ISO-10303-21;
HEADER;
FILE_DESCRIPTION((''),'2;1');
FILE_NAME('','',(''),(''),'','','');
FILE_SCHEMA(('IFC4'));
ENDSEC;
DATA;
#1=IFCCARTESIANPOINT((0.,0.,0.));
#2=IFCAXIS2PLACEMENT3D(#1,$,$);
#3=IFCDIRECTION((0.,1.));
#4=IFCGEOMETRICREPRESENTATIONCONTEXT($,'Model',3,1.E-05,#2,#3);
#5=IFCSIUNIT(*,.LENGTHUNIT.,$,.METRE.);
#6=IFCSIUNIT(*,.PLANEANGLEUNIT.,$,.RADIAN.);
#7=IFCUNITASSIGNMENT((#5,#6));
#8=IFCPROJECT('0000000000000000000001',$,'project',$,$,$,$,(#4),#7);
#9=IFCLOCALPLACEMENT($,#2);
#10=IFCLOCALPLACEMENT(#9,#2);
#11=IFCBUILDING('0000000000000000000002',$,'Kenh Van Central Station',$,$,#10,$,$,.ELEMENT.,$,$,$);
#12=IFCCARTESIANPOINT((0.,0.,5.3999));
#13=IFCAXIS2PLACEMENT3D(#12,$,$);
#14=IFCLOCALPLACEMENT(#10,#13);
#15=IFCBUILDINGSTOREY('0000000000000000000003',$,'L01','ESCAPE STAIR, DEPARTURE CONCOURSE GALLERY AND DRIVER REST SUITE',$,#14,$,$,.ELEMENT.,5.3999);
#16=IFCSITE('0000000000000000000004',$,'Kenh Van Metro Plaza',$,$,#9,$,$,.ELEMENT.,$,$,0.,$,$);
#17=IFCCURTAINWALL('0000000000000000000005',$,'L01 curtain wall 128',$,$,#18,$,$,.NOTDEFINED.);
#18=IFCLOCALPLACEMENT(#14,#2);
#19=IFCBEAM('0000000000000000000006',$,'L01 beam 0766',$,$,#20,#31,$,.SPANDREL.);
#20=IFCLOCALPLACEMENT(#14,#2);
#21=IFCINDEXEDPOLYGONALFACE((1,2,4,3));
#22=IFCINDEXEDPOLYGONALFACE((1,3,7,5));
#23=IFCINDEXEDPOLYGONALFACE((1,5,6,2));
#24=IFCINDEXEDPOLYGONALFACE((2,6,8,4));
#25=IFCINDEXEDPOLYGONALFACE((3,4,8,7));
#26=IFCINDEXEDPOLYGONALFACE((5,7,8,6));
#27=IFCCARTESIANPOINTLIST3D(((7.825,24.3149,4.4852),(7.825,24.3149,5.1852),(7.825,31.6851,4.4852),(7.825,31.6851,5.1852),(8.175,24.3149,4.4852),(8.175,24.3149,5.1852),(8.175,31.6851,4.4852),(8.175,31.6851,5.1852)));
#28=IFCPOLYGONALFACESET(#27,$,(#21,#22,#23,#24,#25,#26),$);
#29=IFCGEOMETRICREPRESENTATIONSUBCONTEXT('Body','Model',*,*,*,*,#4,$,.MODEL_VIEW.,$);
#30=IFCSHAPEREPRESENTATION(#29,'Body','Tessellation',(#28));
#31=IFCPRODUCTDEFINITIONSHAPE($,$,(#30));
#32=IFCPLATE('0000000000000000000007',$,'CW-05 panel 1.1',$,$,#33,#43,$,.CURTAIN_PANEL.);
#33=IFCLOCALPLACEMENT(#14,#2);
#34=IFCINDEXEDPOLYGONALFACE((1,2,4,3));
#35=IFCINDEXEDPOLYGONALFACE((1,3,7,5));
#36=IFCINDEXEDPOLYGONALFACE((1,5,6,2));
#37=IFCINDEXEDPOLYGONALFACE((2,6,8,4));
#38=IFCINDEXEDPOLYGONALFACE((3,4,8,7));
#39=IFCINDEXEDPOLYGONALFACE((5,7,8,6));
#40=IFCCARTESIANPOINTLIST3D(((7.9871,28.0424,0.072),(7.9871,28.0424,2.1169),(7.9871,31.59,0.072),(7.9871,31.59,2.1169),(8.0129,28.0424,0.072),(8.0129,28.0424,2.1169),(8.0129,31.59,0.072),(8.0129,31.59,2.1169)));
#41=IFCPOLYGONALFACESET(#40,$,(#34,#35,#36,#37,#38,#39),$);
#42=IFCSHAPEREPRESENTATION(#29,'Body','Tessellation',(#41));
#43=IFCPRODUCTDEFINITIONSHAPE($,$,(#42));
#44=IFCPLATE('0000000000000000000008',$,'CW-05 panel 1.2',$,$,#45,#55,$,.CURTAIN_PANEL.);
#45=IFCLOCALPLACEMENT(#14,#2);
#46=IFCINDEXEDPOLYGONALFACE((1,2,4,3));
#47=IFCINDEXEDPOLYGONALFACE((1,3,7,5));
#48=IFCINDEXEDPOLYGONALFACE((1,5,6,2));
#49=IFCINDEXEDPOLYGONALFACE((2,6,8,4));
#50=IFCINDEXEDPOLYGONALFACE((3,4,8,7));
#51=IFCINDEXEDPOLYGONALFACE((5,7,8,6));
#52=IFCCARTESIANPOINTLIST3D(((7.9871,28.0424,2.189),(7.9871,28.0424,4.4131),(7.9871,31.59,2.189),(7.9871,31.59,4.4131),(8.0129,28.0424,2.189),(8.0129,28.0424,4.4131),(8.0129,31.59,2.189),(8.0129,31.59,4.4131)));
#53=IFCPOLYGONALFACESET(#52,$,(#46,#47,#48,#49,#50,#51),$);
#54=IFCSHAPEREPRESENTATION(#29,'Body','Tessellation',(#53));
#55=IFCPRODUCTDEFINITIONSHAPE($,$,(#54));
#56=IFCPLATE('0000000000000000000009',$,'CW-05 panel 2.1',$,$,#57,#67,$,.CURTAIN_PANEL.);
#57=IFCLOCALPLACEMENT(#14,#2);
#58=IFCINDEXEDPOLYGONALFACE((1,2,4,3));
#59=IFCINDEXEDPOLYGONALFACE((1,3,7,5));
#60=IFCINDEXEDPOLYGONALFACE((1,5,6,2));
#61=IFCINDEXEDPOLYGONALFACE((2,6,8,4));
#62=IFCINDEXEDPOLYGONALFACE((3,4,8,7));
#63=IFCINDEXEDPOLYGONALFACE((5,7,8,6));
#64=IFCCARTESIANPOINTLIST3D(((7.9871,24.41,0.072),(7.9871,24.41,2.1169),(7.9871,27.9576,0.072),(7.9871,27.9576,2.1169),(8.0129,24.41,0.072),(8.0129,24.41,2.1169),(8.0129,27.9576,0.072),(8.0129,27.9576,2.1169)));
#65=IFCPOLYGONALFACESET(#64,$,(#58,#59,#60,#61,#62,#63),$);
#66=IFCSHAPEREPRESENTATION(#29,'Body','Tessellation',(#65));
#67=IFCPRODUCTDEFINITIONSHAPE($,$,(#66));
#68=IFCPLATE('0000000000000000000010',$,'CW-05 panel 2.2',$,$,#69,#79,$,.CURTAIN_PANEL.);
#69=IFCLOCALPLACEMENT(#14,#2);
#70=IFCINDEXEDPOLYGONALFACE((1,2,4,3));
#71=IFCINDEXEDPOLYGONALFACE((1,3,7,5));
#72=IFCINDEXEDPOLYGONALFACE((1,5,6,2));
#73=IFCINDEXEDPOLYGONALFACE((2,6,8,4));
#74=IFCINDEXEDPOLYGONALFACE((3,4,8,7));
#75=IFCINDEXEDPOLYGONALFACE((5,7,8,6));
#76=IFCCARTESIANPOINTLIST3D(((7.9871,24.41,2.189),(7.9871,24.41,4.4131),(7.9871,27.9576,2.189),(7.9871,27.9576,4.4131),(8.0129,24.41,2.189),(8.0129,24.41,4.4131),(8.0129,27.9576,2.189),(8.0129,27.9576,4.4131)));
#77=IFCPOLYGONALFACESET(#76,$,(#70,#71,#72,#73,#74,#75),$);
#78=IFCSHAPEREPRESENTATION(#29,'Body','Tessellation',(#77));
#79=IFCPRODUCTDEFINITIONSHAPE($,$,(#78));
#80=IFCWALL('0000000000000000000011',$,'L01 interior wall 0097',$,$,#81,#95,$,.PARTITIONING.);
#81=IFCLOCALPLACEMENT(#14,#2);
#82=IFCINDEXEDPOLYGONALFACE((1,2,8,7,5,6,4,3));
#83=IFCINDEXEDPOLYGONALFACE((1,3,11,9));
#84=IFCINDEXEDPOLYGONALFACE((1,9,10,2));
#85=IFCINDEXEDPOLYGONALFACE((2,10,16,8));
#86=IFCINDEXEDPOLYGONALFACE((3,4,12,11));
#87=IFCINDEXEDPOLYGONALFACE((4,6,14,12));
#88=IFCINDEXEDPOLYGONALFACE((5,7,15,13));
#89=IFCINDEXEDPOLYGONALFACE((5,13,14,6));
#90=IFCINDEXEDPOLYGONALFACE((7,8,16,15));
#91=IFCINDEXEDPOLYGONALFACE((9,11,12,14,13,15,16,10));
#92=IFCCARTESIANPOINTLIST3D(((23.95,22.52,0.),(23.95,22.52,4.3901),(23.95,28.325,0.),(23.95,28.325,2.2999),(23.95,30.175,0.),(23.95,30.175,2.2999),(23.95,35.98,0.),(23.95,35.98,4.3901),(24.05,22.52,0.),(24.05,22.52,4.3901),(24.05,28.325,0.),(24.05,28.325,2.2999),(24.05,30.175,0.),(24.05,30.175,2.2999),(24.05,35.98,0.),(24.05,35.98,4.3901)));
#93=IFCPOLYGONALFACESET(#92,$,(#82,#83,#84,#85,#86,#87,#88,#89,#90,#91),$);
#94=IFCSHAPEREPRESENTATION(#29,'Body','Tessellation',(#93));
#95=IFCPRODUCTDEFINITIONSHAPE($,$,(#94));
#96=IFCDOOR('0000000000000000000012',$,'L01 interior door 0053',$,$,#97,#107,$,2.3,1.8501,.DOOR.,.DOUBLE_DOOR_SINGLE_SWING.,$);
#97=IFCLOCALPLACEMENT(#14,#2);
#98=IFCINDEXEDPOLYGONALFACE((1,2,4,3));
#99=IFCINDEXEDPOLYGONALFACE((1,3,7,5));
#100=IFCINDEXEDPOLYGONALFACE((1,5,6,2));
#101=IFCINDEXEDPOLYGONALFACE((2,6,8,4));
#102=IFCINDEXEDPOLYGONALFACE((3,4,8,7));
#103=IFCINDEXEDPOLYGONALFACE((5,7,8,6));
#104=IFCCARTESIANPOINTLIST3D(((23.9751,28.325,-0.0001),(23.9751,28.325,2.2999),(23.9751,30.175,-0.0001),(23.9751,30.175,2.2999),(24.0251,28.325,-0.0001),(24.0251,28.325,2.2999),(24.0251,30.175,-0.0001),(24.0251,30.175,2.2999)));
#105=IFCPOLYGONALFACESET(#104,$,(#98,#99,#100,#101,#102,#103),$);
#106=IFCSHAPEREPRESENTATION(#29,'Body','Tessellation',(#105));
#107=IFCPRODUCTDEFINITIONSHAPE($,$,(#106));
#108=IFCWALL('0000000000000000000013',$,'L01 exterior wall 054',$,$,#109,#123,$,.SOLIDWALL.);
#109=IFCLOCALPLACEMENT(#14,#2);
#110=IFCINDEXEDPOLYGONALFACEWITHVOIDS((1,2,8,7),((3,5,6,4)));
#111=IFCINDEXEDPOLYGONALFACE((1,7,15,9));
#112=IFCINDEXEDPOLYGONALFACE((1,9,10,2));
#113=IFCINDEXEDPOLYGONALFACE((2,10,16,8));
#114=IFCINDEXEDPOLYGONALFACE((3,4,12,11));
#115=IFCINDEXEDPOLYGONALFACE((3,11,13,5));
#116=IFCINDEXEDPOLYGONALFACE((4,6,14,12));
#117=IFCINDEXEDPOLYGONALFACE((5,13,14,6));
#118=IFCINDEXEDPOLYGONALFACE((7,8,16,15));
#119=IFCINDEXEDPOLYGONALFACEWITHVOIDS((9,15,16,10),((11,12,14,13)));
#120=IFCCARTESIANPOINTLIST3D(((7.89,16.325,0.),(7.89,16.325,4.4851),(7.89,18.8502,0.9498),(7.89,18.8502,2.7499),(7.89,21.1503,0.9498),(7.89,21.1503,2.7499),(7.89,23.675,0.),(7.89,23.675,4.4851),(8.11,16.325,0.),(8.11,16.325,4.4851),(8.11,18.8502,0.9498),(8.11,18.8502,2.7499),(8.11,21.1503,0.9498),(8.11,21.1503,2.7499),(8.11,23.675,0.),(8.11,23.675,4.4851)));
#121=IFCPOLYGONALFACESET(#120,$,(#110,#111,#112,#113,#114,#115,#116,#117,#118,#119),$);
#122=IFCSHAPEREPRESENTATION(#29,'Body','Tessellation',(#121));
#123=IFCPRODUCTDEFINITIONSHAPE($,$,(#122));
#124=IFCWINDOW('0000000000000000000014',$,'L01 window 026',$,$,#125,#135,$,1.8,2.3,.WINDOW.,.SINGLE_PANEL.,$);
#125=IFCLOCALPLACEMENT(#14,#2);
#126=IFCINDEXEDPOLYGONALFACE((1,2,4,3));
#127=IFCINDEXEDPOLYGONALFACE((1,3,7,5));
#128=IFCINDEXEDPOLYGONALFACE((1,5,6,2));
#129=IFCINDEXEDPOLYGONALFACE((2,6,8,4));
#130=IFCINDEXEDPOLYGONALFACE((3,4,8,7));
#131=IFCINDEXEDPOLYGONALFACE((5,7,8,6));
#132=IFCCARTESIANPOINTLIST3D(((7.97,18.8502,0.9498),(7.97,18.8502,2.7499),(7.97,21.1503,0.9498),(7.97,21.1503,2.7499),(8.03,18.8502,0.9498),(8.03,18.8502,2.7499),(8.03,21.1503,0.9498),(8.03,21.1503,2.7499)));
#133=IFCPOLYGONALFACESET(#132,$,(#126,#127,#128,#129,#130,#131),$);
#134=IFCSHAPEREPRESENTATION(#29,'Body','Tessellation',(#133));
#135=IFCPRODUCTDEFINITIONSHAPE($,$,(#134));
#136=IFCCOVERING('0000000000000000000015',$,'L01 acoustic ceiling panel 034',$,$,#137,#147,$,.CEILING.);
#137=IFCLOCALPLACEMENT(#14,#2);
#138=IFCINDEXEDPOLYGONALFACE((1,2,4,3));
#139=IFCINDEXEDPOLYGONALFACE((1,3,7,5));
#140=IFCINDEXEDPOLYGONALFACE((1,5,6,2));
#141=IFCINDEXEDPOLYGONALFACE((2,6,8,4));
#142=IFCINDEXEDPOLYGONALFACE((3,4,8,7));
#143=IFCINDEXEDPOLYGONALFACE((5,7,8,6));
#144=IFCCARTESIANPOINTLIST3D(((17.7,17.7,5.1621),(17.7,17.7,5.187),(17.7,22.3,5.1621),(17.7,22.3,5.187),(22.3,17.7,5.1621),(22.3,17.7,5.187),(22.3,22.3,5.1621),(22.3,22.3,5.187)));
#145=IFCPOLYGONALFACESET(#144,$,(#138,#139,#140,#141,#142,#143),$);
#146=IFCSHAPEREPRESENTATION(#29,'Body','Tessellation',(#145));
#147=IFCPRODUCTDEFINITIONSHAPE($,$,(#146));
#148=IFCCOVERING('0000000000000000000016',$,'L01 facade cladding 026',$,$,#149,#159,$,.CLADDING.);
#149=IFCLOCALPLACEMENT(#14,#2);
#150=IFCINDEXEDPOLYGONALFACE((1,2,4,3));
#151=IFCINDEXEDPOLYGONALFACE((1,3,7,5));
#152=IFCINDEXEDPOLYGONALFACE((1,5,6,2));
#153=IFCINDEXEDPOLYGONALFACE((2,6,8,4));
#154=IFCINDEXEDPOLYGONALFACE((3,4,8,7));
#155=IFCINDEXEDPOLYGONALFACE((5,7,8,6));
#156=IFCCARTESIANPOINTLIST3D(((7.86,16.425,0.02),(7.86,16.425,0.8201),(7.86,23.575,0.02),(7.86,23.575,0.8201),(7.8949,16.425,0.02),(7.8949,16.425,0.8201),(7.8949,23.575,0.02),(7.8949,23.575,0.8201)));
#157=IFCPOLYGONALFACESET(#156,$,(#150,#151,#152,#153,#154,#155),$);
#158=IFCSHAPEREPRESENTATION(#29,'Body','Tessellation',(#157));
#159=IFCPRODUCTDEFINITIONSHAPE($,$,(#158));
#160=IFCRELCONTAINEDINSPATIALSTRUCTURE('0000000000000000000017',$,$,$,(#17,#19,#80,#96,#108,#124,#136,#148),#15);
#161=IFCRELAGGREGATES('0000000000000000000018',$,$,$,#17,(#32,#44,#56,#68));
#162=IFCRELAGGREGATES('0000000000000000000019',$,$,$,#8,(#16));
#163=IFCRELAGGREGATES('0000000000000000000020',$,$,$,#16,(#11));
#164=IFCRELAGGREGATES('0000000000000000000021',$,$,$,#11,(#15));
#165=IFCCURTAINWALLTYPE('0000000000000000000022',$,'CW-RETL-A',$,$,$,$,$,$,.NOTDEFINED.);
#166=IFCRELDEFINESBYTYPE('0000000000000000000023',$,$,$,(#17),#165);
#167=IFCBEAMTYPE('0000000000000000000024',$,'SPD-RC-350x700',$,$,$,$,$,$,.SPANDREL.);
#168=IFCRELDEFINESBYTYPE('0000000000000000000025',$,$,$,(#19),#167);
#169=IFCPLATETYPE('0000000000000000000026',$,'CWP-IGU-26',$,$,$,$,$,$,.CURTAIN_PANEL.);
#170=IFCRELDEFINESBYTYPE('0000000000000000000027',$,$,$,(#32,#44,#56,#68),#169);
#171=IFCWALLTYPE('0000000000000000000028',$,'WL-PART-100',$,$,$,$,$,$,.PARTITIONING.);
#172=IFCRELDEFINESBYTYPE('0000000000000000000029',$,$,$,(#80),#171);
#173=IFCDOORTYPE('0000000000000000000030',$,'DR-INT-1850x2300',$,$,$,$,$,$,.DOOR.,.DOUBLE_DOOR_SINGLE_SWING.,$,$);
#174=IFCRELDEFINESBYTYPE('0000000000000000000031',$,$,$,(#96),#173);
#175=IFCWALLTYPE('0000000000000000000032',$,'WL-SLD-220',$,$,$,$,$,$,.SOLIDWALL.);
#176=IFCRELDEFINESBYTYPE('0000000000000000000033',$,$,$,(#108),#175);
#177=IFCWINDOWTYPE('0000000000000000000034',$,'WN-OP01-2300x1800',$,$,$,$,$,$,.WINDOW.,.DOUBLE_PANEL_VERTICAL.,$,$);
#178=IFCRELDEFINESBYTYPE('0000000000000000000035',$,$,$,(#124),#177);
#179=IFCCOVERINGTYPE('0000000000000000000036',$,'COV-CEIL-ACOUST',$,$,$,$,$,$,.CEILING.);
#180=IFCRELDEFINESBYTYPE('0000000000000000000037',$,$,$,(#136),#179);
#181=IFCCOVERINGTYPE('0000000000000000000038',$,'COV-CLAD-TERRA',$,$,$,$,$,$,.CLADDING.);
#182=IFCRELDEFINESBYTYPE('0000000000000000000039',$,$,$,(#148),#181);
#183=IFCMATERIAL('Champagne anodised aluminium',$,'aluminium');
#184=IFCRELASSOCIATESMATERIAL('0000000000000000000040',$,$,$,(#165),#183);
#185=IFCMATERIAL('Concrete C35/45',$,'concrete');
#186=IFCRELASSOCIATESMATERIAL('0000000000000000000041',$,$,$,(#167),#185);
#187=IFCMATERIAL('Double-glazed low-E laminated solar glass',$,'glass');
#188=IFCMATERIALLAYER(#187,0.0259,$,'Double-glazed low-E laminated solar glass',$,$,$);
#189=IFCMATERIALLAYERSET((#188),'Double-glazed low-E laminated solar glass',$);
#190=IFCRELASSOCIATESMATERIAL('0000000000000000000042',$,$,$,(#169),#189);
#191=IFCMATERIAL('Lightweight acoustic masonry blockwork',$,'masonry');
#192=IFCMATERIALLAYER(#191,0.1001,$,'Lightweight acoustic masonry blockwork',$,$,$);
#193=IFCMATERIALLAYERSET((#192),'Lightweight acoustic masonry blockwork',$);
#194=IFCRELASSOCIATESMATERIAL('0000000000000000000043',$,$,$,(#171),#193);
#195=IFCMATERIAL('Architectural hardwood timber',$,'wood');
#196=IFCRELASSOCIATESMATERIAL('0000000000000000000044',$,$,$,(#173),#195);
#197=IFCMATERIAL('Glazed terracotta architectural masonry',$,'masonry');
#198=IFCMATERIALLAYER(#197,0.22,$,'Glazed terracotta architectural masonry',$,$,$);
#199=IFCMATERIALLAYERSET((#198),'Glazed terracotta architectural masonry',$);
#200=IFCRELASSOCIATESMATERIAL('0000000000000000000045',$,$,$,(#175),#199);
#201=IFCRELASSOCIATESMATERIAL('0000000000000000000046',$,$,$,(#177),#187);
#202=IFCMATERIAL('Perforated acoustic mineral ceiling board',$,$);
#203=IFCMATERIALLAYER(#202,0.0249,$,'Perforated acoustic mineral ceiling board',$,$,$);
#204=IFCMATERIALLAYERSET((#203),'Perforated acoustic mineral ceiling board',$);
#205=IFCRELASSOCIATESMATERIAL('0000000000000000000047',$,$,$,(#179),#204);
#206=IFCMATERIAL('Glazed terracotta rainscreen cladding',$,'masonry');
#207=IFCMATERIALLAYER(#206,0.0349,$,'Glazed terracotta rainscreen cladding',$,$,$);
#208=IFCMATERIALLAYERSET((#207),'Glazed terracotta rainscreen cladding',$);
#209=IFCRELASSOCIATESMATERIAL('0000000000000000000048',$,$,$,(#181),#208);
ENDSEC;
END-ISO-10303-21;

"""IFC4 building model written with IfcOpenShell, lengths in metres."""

from ifc_helpers import new_model, si_unit, direction, frame, frame_2d, origin, origin_2d, place, context, subcontext, project, spatial, rectangle, extrude, material, layer, layer_set, material_profile, profile_set, type_object, element, fill, aggregate, save


model = new_model("IFC4")

# Units and contexts
model_context = context("Model", 3, precision=1e-05, world=origin(), true_north=direction((0.0, 1.0)))
body_context = subcontext(model_context, "Body", "Model", "MODEL_VIEW")
ifc_project = project(units=[si_unit("LENGTHUNIT", "METRE"), si_unit("PLANEANGLEUNIT", "RADIAN")], contexts=[model_context])

# Site, building, storey
site_placement = place(None, origin())
site = spatial("IfcSite", under=ifc_project, at=site_placement, Name="Kenh Van Metro Plaza", CompositionType="ELEMENT", RefElevation=0.0)
building_placement = place(site_placement, origin())
building = spatial("IfcBuilding", under=site, at=building_placement, Name="Kenh Van Central Station", CompositionType="ELEMENT")
storey_placement = place(building_placement, frame((0.0, 0.0, 5.3999)))
storey = spatial("IfcBuildingStorey", under=building, at=storey_placement, Name="L01", Description="ESCAPE STAIR, DEPARTURE CONCOURSE GALLERY AND DRIVER REST SUITE", CompositionType="ELEMENT", Elevation=5.3999)

# Shared definitions
ifc_material_1 = material(Name="Concrete C35/45", Category="concrete")

# Curtain wall
ifc_material_2 = material(Name="Champagne anodised aluminium", Category="aluminium")
curtain_wall_type = type_object("IfcCurtainWallType", Name="CW-RETL-A", PredefinedType="NOTDEFINED", material=ifc_material_2)
curtain_wall_placement = place(storey_placement, origin())
curtain_wall = element("IfcCurtainWall", 1, at=curtain_wall_placement, inside=storey, type_object=curtain_wall_type, Name="L01 curtain wall 128", PredefinedType="NOTDEFINED")

# Beam
ifc_material_profile_1 = material_profile(ifc_material_1, rectangle(XDim=0.3501, YDim=0.7, at=origin_2d()), Name="RC 350x700")
ifc_profile_set_1 = profile_set([ifc_material_profile_1], Name="Concrete C35/45")
beam_type_1 = type_object("IfcBeamType", Name="SPD-RC-350x700", PredefinedType="SPANDREL", material=ifc_profile_set_1)
for number, where, z_axis, x_axis, name in (
    (2, (8.0, 24.3149, 4.8352), (0.0, 1.0, 0.0), (-1.0, 0.0, 0.0), "L01 beam 0766"),
):
    element("IfcBeam", number, at=place(storey_placement, frame(where, z_axis=z_axis, x_axis=x_axis)), inside=storey, type_object=beam_type_1, Name=name, PredefinedType="SPANDREL", context=body_context, shape_type="SweptSolid", body=[
        extrude(rectangle(XDim=0.3501, YDim=0.7, at=origin_2d()), origin(), (0.0, 0.0, 1.0), 7.3701),
    ])

# Plates
ifc_material_3 = material(Name="Double-glazed low-E laminated solar glass", Category="glass")
ifc_layer_1 = layer(ifc_material_3, 0.0259, Name="Double-glazed low-E laminated solar glass")
ifc_layer_set_1 = layer_set([ifc_layer_1], Name="Double-glazed low-E laminated solar glass")
plate_type = type_object("IfcPlateType", Name="CWP-IGU-26", PredefinedType="CURTAIN_PANEL", material=ifc_layer_set_1)
plate_1_placement = place(storey_placement, frame((8.0, 29.8162, 0.072), z_axis=(0.0, 0.0, 1.0), x_axis=(0.0, -1.0, 0.0)))
plate_1 = element("IfcPlate", 3, at=plate_1_placement, type_object=plate_type, Name="CW-05 panel 1.1", PredefinedType="CURTAIN_PANEL", context=body_context, shape_type="SweptSolid", body=[
    extrude(rectangle(XDim=3.5476, YDim=0.0259, at=origin_2d()), origin(), (0.0, 0.0, 1.0), 2.0449),
])
plate_2_placement = place(storey_placement, frame((8.0, 29.8162, 2.189), z_axis=(0.0, 0.0, 1.0), x_axis=(0.0, -1.0, 0.0)))
plate_2 = element("IfcPlate", 4, at=plate_2_placement, type_object=plate_type, Name="CW-05 panel 1.2", PredefinedType="CURTAIN_PANEL", context=body_context, shape_type="SweptSolid", body=[
    extrude(rectangle(XDim=3.5476, YDim=0.0259, at=origin_2d()), origin(), (0.0, 0.0, 1.0), 2.2241),
])
plate_3_placement = place(storey_placement, frame((8.0, 26.1838, 0.072), z_axis=(0.0, 0.0, 1.0), x_axis=(0.0, -1.0, 0.0)))
plate_3 = element("IfcPlate", 5, at=plate_3_placement, type_object=plate_type, Name="CW-05 panel 2.1", PredefinedType="CURTAIN_PANEL", context=body_context, shape_type="SweptSolid", body=[
    extrude(rectangle(XDim=3.5476, YDim=0.0259, at=origin_2d()), origin(), (0.0, 0.0, 1.0), 2.0449),
])
plate_4_placement = place(storey_placement, frame((8.0, 26.1838, 2.189), z_axis=(0.0, 0.0, 1.0), x_axis=(0.0, -1.0, 0.0)))
plate_4 = element("IfcPlate", 6, at=plate_4_placement, type_object=plate_type, Name="CW-05 panel 2.2", PredefinedType="CURTAIN_PANEL", context=body_context, shape_type="SweptSolid", body=[
    extrude(rectangle(XDim=3.5476, YDim=0.0259, at=origin_2d()), origin(), (0.0, 0.0, 1.0), 2.2241),
])
aggregate(curtain_wall, [plate_1, plate_2, plate_3, plate_4])

# Wall, opening, door
ifc_material_4 = material(Name="Lightweight acoustic masonry blockwork", Category="masonry")
ifc_layer_2 = layer(ifc_material_4, 0.1001, Name="Lightweight acoustic masonry blockwork")
ifc_layer_set_2 = layer_set([ifc_layer_2], Name="Lightweight acoustic masonry blockwork")
wall_type_1 = type_object("IfcWallType", Name="WL-PART-100", PredefinedType="PARTITIONING", material=ifc_layer_set_2)
wall_1_placement = place(storey_placement, frame((24.0, 22.52, 0.0), z_axis=(0.0, 0.0, 1.0), x_axis=(0.0, 1.0, 0.0)))
wall_1 = element("IfcWall", 7, at=wall_1_placement, inside=storey, type_object=wall_type_1, Name="L01 interior wall 0097", PredefinedType="PARTITIONING", context=body_context, shape_type="SweptSolid", body=[
    extrude(rectangle(XDim=13.46, YDim=0.1001, at=frame_2d((6.73, 0.0))), origin(), (0.0, 0.0, 1.0), 4.3901),
])
opening_1_placement = place(wall_1_placement, frame((5.8049, 0.0, 0.0)))
opening_1 = element("IfcOpeningElement", 8, at=opening_1_placement, cuts=wall_1, PredefinedType="OPENING", context=body_context, shape_type="SweptSolid", body=[
    extrude(rectangle(XDim=1.8501, YDim=2.3, at=frame_2d((0.925, 1.1499))), frame((0.0, 0.0601, 0.0), z_axis=(0.0, -1.0, 0.0), x_axis=(1.0, 0.0, 0.0)), (0.0, 0.0, 1.0), 0.1201),
])
ifc_material_5 = material(Name="Architectural hardwood timber", Category="wood")
door_type = type_object("IfcDoorType", Name="DR-INT-1850x2300", OperationType="DOUBLE_DOOR_SINGLE_SWING", PredefinedType="DOOR", material=ifc_material_5)
door_placement = place(opening_1_placement, origin())
door = element("IfcDoor", 9, at=door_placement, inside=storey, type_object=door_type, Name="L01 interior door 0053", OperationType="DOUBLE_DOOR_SINGLE_SWING", OverallHeight=2.3, OverallWidth=1.8501, PredefinedType="DOOR", context=body_context, shape_type="SweptSolid", body=[
    extrude(rectangle(XDim=1.8501, YDim=2.3, at=frame_2d((0.925, 1.1499))), frame((0.0, 0.0249, 0.0), z_axis=(0.0, -1.0, 0.0), x_axis=(1.0, 0.0, 0.0)), (0.0, 0.0, 1.0), 0.05),
])
fill(opening_1, door)

# Wall, opening, window
ifc_material_6 = material(Name="Glazed terracotta architectural masonry", Category="masonry")
ifc_layer_3 = layer(ifc_material_6, 0.22, Name="Glazed terracotta architectural masonry")
ifc_layer_set_3 = layer_set([ifc_layer_3], Name="Glazed terracotta architectural masonry")
wall_type_2 = type_object("IfcWallType", Name="WL-SLD-220", PredefinedType="SOLIDWALL", material=ifc_layer_set_3)
wall_2_placement = place(storey_placement, frame((8.0, 23.675, 0.0), z_axis=(0.0, 0.0, 1.0), x_axis=(0.0, -1.0, 0.0)))
wall_2 = element("IfcWall", 10, at=wall_2_placement, inside=storey, type_object=wall_type_2, Name="L01 exterior wall 054", PredefinedType="SOLIDWALL", context=body_context, shape_type="SweptSolid", body=[
    extrude(rectangle(XDim=7.3501, YDim=0.22, at=frame_2d((3.675, 0.0))), origin(), (0.0, 0.0, 1.0), 4.4851),
])
opening_2_placement = place(wall_2_placement, frame((2.5249, 0.0, 0.95)))
opening_2 = element("IfcOpeningElement", 11, at=opening_2_placement, cuts=wall_2, PredefinedType="OPENING", context=body_context, shape_type="SweptSolid", body=[
    extrude(rectangle(XDim=2.3, YDim=1.8, at=frame_2d((1.1499, 0.8999))), frame((0.0, 0.1199, 0.0), z_axis=(0.0, -1.0, 0.0), x_axis=(1.0, 0.0, 0.0)), (0.0, 0.0, 1.0), 0.24),
])
window_type = type_object("IfcWindowType", Name="WN-OP01-2300x1800", PartitioningType="DOUBLE_PANEL_VERTICAL", PredefinedType="WINDOW", material=ifc_material_3)
window_placement = place(opening_2_placement, origin())
window = element("IfcWindow", 12, at=window_placement, inside=storey, type_object=window_type, Name="L01 window 026", OverallHeight=1.8, OverallWidth=2.3, PartitioningType="SINGLE_PANEL", PredefinedType="WINDOW", context=body_context, shape_type="SweptSolid", body=[
    extrude(rectangle(XDim=2.3, YDim=1.8, at=frame_2d((1.1499, 0.8999))), frame((0.0, 0.03, 0.0), z_axis=(0.0, -1.0, 0.0), x_axis=(1.0, 0.0, 0.0)), (0.0, 0.0, 1.0), 0.0601),
])
fill(opening_2, window)

# Coverings
ifc_material_7 = material(Name="Perforated acoustic mineral ceiling board")
ifc_layer_4 = layer(ifc_material_7, 0.0249, Name="Perforated acoustic mineral ceiling board")
ifc_layer_set_4 = layer_set([ifc_layer_4], Name="Perforated acoustic mineral ceiling board")
covering_type_1 = type_object("IfcCoveringType", Name="COV-CEIL-ACOUST", PredefinedType="CEILING", material=ifc_layer_set_4)
covering_1_placement = place(storey_placement, frame((20.0, 20.0, 5.1621), z_axis=(0.0, 0.0, 1.0), x_axis=(1.0, 0.0, 0.0)))
element("IfcCovering", 13, at=covering_1_placement, inside=storey, type_object=covering_type_1, Name="L01 acoustic ceiling panel 034", PredefinedType="CEILING", context=body_context, shape_type="SweptSolid", body=[
    extrude(rectangle(XDim=4.6001, YDim=4.6001, at=origin_2d()), origin(), (0.0, 0.0, 1.0), 0.0249),
])
ifc_material_8 = material(Name="Glazed terracotta rainscreen cladding", Category="masonry")
ifc_layer_5 = layer(ifc_material_8, 0.0349, Name="Glazed terracotta rainscreen cladding")
ifc_layer_set_5 = layer_set([ifc_layer_5], Name="Glazed terracotta rainscreen cladding")
covering_type_2 = type_object("IfcCoveringType", Name="COV-CLAD-TERRA", PredefinedType="CLADDING", material=ifc_layer_set_5)
covering_2_placement = place(storey_placement, frame((7.8774, 20.0, 0.02), z_axis=(0.0, 0.0, 1.0), x_axis=(0.0, -1.0, 0.0)))
element("IfcCovering", 14, at=covering_2_placement, inside=storey, type_object=covering_type_2, Name="L01 facade cladding 026", PredefinedType="CLADDING", context=body_context, shape_type="SweptSolid", body=[
    extrude(rectangle(XDim=7.1499, YDim=0.0349, at=origin_2d()), origin(), (0.0, 0.0, 1.0), 0.8),
])

save(model, "model.ifc")
